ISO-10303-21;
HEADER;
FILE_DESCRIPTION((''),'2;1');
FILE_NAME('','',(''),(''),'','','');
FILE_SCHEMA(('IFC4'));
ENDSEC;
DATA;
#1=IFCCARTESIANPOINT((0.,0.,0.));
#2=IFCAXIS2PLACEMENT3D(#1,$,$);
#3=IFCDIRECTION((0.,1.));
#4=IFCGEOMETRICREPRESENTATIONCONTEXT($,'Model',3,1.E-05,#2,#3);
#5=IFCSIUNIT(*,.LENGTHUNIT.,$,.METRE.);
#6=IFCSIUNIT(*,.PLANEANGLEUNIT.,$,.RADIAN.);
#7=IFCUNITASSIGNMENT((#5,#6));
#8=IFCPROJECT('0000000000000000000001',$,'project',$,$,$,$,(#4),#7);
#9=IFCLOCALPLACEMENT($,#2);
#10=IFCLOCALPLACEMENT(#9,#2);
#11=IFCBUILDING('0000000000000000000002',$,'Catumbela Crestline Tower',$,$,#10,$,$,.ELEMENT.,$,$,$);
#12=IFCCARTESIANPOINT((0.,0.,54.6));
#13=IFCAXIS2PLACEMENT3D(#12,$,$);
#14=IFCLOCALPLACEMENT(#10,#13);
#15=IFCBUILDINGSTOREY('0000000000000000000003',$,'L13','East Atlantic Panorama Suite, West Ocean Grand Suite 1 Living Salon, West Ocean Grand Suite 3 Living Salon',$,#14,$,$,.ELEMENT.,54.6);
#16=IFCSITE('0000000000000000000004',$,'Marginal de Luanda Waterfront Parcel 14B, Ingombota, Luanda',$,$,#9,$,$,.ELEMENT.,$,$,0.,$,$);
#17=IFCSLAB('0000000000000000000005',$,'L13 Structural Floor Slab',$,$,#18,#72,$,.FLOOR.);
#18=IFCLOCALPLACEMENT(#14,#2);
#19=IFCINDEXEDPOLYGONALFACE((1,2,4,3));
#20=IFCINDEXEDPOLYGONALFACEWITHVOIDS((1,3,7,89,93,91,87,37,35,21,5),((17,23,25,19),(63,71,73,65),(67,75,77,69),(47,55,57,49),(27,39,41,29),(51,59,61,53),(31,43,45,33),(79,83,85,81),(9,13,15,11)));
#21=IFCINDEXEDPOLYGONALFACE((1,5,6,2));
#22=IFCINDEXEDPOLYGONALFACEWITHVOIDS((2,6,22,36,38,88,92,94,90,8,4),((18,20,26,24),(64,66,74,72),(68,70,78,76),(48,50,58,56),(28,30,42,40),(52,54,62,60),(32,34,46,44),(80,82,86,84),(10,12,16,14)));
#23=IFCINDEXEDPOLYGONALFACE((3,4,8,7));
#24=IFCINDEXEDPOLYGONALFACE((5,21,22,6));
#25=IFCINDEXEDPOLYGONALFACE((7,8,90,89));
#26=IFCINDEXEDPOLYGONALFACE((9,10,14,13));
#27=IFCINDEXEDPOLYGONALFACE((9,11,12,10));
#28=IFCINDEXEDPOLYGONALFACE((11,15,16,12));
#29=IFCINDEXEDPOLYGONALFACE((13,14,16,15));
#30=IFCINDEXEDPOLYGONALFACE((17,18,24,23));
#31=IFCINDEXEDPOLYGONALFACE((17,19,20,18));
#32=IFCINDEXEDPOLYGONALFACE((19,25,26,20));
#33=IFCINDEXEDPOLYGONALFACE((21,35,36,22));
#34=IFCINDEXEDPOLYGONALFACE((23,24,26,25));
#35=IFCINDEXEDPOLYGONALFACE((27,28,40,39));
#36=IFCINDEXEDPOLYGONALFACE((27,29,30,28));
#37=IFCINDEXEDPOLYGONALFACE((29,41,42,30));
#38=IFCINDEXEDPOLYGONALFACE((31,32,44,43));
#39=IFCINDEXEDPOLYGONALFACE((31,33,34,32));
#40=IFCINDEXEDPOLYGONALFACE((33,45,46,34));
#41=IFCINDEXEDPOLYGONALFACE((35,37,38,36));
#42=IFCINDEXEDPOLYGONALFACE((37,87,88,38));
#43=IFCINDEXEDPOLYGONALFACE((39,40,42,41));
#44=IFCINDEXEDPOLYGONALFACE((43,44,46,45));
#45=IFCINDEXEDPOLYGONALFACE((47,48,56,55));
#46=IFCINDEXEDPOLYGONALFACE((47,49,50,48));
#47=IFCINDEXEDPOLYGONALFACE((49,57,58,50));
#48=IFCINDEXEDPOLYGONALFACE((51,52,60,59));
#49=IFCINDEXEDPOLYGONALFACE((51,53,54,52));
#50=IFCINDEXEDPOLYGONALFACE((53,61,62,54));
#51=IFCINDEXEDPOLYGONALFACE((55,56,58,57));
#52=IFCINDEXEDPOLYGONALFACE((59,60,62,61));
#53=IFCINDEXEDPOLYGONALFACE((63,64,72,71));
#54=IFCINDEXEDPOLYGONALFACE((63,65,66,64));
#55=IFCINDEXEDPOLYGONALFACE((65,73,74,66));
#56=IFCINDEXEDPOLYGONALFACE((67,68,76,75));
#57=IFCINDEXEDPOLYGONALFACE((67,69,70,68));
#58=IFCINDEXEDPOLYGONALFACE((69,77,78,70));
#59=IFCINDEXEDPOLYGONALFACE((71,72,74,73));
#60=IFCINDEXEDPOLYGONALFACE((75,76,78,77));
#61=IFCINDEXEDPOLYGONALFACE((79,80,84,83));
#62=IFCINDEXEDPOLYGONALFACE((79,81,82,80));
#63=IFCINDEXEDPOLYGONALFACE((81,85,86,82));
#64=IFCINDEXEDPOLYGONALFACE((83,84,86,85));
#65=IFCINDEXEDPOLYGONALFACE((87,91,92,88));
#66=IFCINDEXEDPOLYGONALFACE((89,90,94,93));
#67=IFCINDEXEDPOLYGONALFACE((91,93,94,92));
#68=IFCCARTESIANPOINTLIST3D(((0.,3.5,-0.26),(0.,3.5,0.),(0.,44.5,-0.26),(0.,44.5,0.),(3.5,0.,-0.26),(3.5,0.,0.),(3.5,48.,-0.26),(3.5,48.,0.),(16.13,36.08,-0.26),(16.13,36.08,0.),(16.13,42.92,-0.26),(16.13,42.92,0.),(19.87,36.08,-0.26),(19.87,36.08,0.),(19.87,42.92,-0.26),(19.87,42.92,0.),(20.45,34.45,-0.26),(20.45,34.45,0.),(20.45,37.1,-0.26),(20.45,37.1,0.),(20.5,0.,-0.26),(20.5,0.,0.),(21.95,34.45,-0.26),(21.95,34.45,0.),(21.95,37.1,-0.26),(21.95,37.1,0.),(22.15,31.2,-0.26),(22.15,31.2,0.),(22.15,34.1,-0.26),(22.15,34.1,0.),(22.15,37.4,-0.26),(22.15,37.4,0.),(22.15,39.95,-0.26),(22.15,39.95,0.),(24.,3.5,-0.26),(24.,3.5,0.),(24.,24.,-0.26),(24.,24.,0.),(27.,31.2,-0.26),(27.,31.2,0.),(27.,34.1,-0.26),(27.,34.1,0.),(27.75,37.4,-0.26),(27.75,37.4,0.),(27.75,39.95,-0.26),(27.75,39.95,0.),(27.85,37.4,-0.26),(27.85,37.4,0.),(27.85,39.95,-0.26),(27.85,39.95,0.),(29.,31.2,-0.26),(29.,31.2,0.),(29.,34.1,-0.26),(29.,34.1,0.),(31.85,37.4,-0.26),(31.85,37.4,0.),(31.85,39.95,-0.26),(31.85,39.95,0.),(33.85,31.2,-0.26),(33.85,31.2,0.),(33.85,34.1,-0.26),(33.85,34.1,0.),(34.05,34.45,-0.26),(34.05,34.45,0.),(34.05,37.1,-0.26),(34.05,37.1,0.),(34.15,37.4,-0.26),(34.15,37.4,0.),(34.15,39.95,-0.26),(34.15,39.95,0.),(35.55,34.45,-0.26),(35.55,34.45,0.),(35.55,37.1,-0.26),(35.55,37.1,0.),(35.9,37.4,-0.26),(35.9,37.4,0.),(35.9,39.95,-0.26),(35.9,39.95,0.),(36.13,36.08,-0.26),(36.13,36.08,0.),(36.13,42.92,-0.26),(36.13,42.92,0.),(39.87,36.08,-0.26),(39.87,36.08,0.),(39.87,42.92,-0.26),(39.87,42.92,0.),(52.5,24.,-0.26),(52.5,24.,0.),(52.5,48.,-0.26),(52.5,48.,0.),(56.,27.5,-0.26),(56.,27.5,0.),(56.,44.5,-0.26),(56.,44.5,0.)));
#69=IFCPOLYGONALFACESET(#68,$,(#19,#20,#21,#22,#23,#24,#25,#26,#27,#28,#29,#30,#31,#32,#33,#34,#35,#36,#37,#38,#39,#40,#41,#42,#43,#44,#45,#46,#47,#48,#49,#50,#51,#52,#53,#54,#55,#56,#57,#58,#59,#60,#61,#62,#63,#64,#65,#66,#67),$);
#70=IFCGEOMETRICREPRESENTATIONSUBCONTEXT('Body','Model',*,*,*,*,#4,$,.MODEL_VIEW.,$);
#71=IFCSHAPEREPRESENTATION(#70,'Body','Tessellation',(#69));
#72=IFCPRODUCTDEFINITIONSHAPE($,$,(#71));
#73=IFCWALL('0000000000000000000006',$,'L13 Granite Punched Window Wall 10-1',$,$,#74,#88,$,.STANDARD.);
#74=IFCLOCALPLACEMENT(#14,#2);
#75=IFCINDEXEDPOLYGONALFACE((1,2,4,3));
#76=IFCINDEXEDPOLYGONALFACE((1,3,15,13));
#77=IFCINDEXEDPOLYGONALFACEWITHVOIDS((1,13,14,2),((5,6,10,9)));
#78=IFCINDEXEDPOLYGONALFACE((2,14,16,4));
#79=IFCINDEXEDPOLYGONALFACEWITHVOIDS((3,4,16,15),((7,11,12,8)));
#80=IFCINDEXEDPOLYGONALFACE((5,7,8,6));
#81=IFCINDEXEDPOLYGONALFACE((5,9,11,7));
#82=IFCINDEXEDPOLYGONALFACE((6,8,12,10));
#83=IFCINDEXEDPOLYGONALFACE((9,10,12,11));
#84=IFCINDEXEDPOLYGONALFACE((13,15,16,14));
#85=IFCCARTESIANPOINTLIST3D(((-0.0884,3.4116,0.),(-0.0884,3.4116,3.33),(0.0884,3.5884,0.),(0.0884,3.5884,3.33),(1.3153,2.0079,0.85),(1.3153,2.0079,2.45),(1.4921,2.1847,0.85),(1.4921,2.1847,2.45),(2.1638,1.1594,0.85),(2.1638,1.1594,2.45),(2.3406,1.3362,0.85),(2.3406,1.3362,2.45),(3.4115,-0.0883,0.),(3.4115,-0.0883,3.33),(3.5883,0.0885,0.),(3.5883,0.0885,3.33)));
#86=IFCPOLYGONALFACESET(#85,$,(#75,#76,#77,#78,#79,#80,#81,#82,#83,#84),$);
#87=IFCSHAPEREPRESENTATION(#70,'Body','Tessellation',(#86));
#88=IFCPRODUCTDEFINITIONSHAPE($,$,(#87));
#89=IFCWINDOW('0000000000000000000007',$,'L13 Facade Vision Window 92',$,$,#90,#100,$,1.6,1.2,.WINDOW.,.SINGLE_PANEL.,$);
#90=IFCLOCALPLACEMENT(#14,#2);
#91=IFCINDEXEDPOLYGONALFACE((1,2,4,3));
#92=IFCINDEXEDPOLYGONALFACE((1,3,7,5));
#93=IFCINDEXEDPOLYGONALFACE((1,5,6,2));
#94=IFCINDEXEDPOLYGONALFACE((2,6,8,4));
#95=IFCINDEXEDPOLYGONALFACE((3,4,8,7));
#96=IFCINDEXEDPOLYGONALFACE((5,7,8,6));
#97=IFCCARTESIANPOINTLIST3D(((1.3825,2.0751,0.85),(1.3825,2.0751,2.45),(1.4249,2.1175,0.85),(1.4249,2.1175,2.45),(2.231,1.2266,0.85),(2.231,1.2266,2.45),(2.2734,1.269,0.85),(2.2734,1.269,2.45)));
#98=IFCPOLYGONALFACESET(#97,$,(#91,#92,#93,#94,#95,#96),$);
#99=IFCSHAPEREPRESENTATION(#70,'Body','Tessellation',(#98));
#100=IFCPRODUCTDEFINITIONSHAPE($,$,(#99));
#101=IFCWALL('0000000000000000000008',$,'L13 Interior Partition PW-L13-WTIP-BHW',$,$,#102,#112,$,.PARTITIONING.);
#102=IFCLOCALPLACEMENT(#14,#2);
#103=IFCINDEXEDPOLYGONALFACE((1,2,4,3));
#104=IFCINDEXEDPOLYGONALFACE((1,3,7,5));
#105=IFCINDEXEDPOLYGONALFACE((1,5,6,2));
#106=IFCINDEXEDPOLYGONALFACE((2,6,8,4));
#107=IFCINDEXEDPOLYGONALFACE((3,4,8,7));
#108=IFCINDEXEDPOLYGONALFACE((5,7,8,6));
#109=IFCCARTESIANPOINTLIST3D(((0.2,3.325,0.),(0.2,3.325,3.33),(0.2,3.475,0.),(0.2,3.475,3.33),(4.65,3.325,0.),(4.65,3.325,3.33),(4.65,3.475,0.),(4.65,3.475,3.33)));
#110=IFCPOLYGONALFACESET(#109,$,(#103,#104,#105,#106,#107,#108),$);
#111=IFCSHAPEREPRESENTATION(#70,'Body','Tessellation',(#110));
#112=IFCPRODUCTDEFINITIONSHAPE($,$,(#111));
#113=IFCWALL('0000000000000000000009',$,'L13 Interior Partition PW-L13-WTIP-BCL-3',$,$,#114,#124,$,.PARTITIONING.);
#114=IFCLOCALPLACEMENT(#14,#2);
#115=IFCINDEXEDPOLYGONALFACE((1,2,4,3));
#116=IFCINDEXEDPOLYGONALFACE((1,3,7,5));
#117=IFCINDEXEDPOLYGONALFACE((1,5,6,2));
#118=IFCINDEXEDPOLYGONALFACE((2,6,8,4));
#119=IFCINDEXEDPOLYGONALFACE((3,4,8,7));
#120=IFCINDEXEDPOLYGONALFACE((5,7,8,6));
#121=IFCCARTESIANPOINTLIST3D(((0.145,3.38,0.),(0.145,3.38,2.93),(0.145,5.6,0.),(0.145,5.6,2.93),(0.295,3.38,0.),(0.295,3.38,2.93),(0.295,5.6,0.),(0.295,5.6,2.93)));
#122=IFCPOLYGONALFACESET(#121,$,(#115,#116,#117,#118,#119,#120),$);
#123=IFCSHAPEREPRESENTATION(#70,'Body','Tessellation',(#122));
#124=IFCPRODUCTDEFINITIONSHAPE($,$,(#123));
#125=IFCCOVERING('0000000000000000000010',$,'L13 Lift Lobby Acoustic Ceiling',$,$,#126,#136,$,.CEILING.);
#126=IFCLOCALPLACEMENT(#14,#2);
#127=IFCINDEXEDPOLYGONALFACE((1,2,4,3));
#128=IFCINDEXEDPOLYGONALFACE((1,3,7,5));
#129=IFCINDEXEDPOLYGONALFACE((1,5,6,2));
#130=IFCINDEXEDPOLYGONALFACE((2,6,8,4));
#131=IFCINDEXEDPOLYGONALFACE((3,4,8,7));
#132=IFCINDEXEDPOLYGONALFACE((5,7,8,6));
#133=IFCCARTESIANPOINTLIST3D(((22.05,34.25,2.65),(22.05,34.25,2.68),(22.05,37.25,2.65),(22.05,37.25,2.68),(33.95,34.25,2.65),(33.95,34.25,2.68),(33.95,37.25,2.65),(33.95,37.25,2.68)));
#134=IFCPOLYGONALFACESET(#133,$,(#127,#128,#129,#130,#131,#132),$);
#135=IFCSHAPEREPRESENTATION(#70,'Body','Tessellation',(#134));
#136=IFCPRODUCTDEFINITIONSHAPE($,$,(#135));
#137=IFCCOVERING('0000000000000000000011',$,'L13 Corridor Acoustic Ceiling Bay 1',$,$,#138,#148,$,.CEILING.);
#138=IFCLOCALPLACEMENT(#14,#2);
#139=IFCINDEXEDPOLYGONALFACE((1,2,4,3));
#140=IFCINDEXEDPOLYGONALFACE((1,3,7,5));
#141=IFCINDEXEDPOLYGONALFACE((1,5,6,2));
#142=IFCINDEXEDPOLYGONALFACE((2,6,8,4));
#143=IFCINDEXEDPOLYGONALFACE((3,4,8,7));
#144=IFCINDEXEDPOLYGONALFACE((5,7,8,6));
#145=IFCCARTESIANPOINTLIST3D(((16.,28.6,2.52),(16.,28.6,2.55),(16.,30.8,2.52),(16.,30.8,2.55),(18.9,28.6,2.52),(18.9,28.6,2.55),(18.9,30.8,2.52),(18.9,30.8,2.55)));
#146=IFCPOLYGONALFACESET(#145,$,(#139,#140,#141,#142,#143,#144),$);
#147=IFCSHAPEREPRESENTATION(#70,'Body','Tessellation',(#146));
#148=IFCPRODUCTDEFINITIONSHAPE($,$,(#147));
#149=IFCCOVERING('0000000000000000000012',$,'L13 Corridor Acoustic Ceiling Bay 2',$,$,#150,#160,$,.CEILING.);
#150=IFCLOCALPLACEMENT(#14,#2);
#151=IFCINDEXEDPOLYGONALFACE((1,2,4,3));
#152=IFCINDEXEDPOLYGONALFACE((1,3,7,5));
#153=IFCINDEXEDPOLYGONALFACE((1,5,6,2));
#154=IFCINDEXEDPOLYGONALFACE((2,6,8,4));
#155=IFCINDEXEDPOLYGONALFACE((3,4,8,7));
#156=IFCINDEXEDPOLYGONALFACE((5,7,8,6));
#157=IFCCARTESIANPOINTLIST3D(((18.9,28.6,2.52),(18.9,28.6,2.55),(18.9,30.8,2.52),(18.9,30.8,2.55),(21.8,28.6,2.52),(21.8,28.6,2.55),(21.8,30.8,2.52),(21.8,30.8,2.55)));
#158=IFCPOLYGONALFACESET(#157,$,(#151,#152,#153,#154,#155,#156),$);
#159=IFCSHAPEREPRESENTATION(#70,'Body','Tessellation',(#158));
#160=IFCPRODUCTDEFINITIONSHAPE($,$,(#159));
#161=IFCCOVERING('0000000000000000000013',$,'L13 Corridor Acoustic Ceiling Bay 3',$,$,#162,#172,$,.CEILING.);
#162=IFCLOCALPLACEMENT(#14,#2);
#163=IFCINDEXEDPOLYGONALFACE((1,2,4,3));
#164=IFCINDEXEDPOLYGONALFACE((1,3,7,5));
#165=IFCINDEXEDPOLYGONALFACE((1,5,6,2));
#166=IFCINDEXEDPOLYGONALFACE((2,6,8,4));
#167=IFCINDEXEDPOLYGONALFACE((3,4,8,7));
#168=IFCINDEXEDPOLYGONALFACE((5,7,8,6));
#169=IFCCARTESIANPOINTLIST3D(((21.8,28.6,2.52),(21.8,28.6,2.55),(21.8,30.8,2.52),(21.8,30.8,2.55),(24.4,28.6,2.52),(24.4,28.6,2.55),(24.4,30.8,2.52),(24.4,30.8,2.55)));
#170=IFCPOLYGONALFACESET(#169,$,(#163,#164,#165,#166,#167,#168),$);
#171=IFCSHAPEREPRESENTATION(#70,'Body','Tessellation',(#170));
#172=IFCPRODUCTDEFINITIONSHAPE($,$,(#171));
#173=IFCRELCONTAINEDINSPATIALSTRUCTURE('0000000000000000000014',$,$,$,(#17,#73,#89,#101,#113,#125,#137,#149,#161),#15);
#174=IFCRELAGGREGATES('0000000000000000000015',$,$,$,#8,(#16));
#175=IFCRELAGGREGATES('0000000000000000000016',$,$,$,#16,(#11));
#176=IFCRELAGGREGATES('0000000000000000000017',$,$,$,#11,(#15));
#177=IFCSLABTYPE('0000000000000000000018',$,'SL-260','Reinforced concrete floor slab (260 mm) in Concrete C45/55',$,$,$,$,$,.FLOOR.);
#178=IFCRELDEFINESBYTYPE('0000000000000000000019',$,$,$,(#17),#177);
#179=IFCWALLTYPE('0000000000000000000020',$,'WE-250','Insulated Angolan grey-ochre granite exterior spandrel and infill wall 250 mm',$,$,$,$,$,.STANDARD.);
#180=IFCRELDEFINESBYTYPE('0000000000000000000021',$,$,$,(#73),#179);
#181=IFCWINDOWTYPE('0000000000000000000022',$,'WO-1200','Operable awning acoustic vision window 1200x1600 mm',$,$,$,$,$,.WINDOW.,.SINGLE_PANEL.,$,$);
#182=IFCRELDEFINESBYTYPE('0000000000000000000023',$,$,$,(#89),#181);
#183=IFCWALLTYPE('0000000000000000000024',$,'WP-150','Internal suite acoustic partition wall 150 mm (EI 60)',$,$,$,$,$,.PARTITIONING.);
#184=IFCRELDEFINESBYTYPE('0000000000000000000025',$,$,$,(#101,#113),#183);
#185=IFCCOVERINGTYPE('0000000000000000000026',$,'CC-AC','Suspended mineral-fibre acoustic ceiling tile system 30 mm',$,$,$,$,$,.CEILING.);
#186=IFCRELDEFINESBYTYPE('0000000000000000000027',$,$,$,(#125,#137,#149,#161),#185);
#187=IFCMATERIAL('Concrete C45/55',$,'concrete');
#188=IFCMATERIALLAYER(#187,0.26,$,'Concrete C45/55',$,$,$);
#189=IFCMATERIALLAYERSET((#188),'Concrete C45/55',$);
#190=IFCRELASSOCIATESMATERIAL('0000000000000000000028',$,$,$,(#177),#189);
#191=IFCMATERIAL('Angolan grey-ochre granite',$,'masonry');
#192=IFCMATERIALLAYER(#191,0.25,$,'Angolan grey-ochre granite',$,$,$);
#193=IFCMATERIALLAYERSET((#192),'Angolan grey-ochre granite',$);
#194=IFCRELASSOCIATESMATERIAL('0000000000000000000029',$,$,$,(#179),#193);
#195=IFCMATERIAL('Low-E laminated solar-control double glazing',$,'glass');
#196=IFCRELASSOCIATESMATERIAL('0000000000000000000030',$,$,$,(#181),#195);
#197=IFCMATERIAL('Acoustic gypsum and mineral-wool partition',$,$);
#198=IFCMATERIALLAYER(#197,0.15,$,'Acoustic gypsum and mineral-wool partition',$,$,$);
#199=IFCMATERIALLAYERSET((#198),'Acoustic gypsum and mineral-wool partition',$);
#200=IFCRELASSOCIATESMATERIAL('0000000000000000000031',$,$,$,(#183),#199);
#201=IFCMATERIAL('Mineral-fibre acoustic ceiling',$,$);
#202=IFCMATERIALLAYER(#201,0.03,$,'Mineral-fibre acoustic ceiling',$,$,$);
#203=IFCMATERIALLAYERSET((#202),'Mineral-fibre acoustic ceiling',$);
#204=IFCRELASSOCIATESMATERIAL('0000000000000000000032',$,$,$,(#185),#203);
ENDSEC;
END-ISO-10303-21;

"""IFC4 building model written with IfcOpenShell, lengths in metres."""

from ifc_helpers import new_model, si_unit, direction, frame, frame_2d, origin, place, context, subcontext, project, spatial, polyline, rectangle, outline, extrude, material, layer, layer_set, type_object, element, fill, save


model = new_model("IFC4")

# Units and contexts
model_context = context("Model", 3, precision=1e-05, world=origin(), true_north=direction((0.0, 1.0)))
body_context = subcontext(model_context, "Body", "Model", "MODEL_VIEW")
ifc_project = project(units=[si_unit("LENGTHUNIT", "METRE"), si_unit("PLANEANGLEUNIT", "RADIAN")], contexts=[model_context])

# Site, building, storey
site_placement = place(None, origin())
site = spatial("IfcSite", under=ifc_project, at=site_placement, Name="Marginal de Luanda Waterfront Parcel 14B, Ingombota, Luanda", CompositionType="ELEMENT", RefElevation=0.0)
building_placement = place(site_placement, origin())
building = spatial("IfcBuilding", under=site, at=building_placement, Name="Catumbela Crestline Tower", CompositionType="ELEMENT")
storey_placement = place(building_placement, frame((0.0, 0.0, 54.6)))
storey = spatial("IfcBuildingStorey", under=building, at=storey_placement, Name="L13", Description="East Atlantic Panorama Suite, West Ocean Grand Suite 1 Living Salon, West Ocean Grand Suite 3 Living Salon", CompositionType="ELEMENT", Elevation=54.6)

# Shared definitions
ifc_material_1 = material(Name="Concrete C45/55", Category="concrete")

# Slab
ifc_layer_1 = layer(ifc_material_1, 0.26, Name="Concrete C45/55")
ifc_layer_set_1 = layer_set([ifc_layer_1], Name="Concrete C45/55")
slab_type_1 = type_object("IfcSlabType", Name="SL-260", Description="Reinforced concrete floor slab (260 mm) in Concrete C45/55", PredefinedType="FLOOR", material=ifc_layer_set_1)
slab_1_placement = place(storey_placement, frame((0.0, 0.0, -0.26)))
element("IfcSlab", 1, at=slab_1_placement, inside=storey, type_object=slab_type_1, Name="L13 Structural Floor Slab", PredefinedType="FLOOR", context=body_context, shape_type="SweptSolid", body=[
    extrude(outline(polyline([(3.5, 0.0), (20.5, 0.0), (24.0, 3.5), (24.0, 24.0), (52.5, 24.0), (56.0, 27.5), (56.0, 44.5), (52.5, 48.0), (3.5, 48.0), (0.0, 44.5), (0.0, 3.5), (3.5, 0.0)]), holes=[polyline([(16.13, 36.08), (19.87, 36.08), (19.87, 42.92), (16.13, 42.92), (16.13, 36.08)]), polyline([(36.13, 36.08), (39.87, 36.08), (39.87, 42.92), (36.13, 42.92), (36.13, 36.08)]), polyline([(22.15, 31.2), (27.0, 31.2), (27.0, 34.1), (22.15, 34.1), (22.15, 31.2)]), polyline([(29.0, 31.2), (33.85, 31.2), (33.85, 34.1), (29.0, 34.1), (29.0, 31.2)]), polyline([(22.15, 37.4), (27.75, 37.4), (27.75, 39.95), (22.15, 39.95), (22.15, 37.4)]), polyline([(27.85, 37.4), (31.85, 37.4), (31.85, 39.95), (27.85, 39.95), (27.85, 37.4)]), polyline([(20.45, 34.45), (21.95, 34.45), (21.95, 37.1), (20.45, 37.1), (20.45, 34.45)]), polyline([(34.05, 34.45), (35.55, 34.45), (35.55, 37.1), (34.05, 37.1), (34.05, 34.45)]), polyline([(34.15, 37.4), (35.9, 37.4), (35.9, 39.95), (34.15, 39.95), (34.15, 37.4)])]), origin(), (0.0, 0.0, 1.0), 0.26),
])

# Wall, opening, window
ifc_material_2 = material(Name="Angolan grey-ochre granite", Category="masonry")
ifc_layer_2 = layer(ifc_material_2, 0.25, Name="Angolan grey-ochre granite")
ifc_layer_set_2 = layer_set([ifc_layer_2], Name="Angolan grey-ochre granite")
wall_type_1 = type_object("IfcWallType", Name="WE-250", Description="Insulated Angolan grey-ochre granite exterior spandrel and infill wall 250 mm", PredefinedType="STANDARD", material=ifc_layer_set_2)
wall_1_placement = place(storey_placement, frame((0.0, 3.5, 0.0), z_axis=(0.0, 0.0, 1.0), x_axis=(0.707107, -0.707107, 0.0)))
wall_1 = element("IfcWall", 2, at=wall_1_placement, inside=storey, type_object=wall_type_1, Name="L13 Granite Punched Window Wall 10-1", PredefinedType="STANDARD", context=body_context, shape_type="SweptSolid", body=[
    extrude(rectangle(XDim=4.9497, YDim=0.25, at=frame_2d((2.4748, 0.0))), origin(), (0.0, 0.0, 1.0), 3.33),
])
opening_placement = place(wall_1_placement, frame((1.9851, 0.0, 0.85)))
opening = element("IfcOpeningElement", 3, at=opening_placement, cuts=wall_1, PredefinedType="OPENING", context=body_context, shape_type="SweptSolid", body=[
    extrude(rectangle(XDim=1.2, YDim=1.6, at=frame_2d((0.6, 0.8))), frame((0.0, 0.135, 0.0), z_axis=(0.0, -1.0, 0.0), x_axis=(1.0, 0.0, 0.0)), (0.0, 0.0, 1.0), 0.27),
])
ifc_material_3 = material(Name="Low-E laminated solar-control double glazing", Category="glass")
window_type = type_object("IfcWindowType", Name="WO-1200", Description="Operable awning acoustic vision window 1200x1600 mm", PartitioningType="SINGLE_PANEL", PredefinedType="WINDOW", material=ifc_material_3)
window_placement = place(opening_placement, origin())
window = element("IfcWindow", 4, at=window_placement, inside=storey, type_object=window_type, Name="L13 Facade Vision Window 92", OverallHeight=1.6, OverallWidth=1.2, PartitioningType="SINGLE_PANEL", PredefinedType="WINDOW", context=body_context, shape_type="SweptSolid", body=[
    extrude(rectangle(XDim=1.2, YDim=1.6, at=frame_2d((0.6, 0.8))), frame((0.0, 0.03, 0.0), z_axis=(0.0, -1.0, 0.0), x_axis=(1.0, 0.0, 0.0)), (0.0, 0.0, 1.0), 0.06),
])
fill(opening, window)

# Walls
ifc_material_4 = material(Name="Acoustic gypsum and mineral-wool partition")
ifc_layer_3 = layer(ifc_material_4, 0.15, Name="Acoustic gypsum and mineral-wool partition")
ifc_layer_set_3 = layer_set([ifc_layer_3], Name="Acoustic gypsum and mineral-wool partition")
wall_type_2 = type_object("IfcWallType", Name="WP-150", Description="Internal suite acoustic partition wall 150 mm (EI 60)", PredefinedType="PARTITIONING", material=ifc_layer_set_3)
wall_2_placement = place(storey_placement, frame((0.2, 3.4, 0.0), z_axis=(0.0, 0.0, 1.0), x_axis=(1.0, 0.0, 0.0)))
element("IfcWall", 5, at=wall_2_placement, inside=storey, type_object=wall_type_2, Name="L13 Interior Partition PW-L13-WTIP-BHW", PredefinedType="PARTITIONING", context=body_context, shape_type="SweptSolid", body=[
    extrude(rectangle(XDim=4.45, YDim=0.15, at=frame_2d((2.225, 0.0))), origin(), (0.0, 0.0, 1.0), 3.33),
])
wall_3_placement = place(storey_placement, frame((0.22, 3.38, 0.0), z_axis=(0.0, 0.0, 1.0), x_axis=(0.0, 1.0, 0.0)))
element("IfcWall", 6, at=wall_3_placement, inside=storey, type_object=wall_type_2, Name="L13 Interior Partition PW-L13-WTIP-BCL-3", PredefinedType="PARTITIONING", context=body_context, shape_type="SweptSolid", body=[
    extrude(rectangle(XDim=2.22, YDim=0.15, at=frame_2d((1.11, 0.0))), origin(), (0.0, 0.0, 1.0), 2.93),
])

# Coverings
ifc_material_5 = material(Name="Mineral-fibre acoustic ceiling")
ifc_layer_4 = layer(ifc_material_5, 0.03, Name="Mineral-fibre acoustic ceiling")
ifc_layer_set_4 = layer_set([ifc_layer_4], Name="Mineral-fibre acoustic ceiling")
covering_type_1 = type_object("IfcCoveringType", Name="CC-AC", Description="Suspended mineral-fibre acoustic ceiling tile system 30 mm", PredefinedType="CEILING", material=ifc_layer_set_4)
covering_1_placement = place(storey_placement, frame((0.0, 0.0, 2.65)))
element("IfcCovering", 7, at=covering_1_placement, inside=storey, type_object=covering_type_1, Name="L13 Lift Lobby Acoustic Ceiling", PredefinedType="CEILING", context=body_context, shape_type="SweptSolid", body=[
    extrude(outline(polyline([(22.05, 34.25), (33.95, 34.25), (33.95, 37.25), (22.05, 37.25), (22.05, 34.25)])), origin(), (0.0, 0.0, 1.0), 0.03),
])
covering_2_placement = place(storey_placement, frame((0.0, 0.0, 2.52)))
element("IfcCovering", 8, at=covering_2_placement, inside=storey, type_object=covering_type_1, Name="L13 Corridor Acoustic Ceiling Bay 1", PredefinedType="CEILING", context=body_context, shape_type="SweptSolid", body=[
    extrude(outline(polyline([(16.0, 28.6), (18.9, 28.6), (18.9, 30.8), (16.0, 30.8), (16.0, 28.6)])), origin(), (0.0, 0.0, 1.0), 0.03),
])
covering_3_placement = place(storey_placement, frame((0.0, 0.0, 2.52)))
element("IfcCovering", 9, at=covering_3_placement, inside=storey, type_object=covering_type_1, Name="L13 Corridor Acoustic Ceiling Bay 2", PredefinedType="CEILING", context=body_context, shape_type="SweptSolid", body=[
    extrude(outline(polyline([(18.9, 28.6), (21.8, 28.6), (21.8, 30.8), (18.9, 30.8), (18.9, 28.6)])), origin(), (0.0, 0.0, 1.0), 0.03),
])
covering_4_placement = place(storey_placement, frame((0.0, 0.0, 2.52)))
element("IfcCovering", 10, at=covering_4_placement, inside=storey, type_object=covering_type_1, Name="L13 Corridor Acoustic Ceiling Bay 3", PredefinedType="CEILING", context=body_context, shape_type="SweptSolid", body=[
    extrude(outline(polyline([(21.8, 28.6), (24.4, 28.6), (24.4, 30.8), (21.8, 30.8), (21.8, 28.6)])), origin(), (0.0, 0.0, 1.0), 0.03),
])

save(model, "model.ifc")
